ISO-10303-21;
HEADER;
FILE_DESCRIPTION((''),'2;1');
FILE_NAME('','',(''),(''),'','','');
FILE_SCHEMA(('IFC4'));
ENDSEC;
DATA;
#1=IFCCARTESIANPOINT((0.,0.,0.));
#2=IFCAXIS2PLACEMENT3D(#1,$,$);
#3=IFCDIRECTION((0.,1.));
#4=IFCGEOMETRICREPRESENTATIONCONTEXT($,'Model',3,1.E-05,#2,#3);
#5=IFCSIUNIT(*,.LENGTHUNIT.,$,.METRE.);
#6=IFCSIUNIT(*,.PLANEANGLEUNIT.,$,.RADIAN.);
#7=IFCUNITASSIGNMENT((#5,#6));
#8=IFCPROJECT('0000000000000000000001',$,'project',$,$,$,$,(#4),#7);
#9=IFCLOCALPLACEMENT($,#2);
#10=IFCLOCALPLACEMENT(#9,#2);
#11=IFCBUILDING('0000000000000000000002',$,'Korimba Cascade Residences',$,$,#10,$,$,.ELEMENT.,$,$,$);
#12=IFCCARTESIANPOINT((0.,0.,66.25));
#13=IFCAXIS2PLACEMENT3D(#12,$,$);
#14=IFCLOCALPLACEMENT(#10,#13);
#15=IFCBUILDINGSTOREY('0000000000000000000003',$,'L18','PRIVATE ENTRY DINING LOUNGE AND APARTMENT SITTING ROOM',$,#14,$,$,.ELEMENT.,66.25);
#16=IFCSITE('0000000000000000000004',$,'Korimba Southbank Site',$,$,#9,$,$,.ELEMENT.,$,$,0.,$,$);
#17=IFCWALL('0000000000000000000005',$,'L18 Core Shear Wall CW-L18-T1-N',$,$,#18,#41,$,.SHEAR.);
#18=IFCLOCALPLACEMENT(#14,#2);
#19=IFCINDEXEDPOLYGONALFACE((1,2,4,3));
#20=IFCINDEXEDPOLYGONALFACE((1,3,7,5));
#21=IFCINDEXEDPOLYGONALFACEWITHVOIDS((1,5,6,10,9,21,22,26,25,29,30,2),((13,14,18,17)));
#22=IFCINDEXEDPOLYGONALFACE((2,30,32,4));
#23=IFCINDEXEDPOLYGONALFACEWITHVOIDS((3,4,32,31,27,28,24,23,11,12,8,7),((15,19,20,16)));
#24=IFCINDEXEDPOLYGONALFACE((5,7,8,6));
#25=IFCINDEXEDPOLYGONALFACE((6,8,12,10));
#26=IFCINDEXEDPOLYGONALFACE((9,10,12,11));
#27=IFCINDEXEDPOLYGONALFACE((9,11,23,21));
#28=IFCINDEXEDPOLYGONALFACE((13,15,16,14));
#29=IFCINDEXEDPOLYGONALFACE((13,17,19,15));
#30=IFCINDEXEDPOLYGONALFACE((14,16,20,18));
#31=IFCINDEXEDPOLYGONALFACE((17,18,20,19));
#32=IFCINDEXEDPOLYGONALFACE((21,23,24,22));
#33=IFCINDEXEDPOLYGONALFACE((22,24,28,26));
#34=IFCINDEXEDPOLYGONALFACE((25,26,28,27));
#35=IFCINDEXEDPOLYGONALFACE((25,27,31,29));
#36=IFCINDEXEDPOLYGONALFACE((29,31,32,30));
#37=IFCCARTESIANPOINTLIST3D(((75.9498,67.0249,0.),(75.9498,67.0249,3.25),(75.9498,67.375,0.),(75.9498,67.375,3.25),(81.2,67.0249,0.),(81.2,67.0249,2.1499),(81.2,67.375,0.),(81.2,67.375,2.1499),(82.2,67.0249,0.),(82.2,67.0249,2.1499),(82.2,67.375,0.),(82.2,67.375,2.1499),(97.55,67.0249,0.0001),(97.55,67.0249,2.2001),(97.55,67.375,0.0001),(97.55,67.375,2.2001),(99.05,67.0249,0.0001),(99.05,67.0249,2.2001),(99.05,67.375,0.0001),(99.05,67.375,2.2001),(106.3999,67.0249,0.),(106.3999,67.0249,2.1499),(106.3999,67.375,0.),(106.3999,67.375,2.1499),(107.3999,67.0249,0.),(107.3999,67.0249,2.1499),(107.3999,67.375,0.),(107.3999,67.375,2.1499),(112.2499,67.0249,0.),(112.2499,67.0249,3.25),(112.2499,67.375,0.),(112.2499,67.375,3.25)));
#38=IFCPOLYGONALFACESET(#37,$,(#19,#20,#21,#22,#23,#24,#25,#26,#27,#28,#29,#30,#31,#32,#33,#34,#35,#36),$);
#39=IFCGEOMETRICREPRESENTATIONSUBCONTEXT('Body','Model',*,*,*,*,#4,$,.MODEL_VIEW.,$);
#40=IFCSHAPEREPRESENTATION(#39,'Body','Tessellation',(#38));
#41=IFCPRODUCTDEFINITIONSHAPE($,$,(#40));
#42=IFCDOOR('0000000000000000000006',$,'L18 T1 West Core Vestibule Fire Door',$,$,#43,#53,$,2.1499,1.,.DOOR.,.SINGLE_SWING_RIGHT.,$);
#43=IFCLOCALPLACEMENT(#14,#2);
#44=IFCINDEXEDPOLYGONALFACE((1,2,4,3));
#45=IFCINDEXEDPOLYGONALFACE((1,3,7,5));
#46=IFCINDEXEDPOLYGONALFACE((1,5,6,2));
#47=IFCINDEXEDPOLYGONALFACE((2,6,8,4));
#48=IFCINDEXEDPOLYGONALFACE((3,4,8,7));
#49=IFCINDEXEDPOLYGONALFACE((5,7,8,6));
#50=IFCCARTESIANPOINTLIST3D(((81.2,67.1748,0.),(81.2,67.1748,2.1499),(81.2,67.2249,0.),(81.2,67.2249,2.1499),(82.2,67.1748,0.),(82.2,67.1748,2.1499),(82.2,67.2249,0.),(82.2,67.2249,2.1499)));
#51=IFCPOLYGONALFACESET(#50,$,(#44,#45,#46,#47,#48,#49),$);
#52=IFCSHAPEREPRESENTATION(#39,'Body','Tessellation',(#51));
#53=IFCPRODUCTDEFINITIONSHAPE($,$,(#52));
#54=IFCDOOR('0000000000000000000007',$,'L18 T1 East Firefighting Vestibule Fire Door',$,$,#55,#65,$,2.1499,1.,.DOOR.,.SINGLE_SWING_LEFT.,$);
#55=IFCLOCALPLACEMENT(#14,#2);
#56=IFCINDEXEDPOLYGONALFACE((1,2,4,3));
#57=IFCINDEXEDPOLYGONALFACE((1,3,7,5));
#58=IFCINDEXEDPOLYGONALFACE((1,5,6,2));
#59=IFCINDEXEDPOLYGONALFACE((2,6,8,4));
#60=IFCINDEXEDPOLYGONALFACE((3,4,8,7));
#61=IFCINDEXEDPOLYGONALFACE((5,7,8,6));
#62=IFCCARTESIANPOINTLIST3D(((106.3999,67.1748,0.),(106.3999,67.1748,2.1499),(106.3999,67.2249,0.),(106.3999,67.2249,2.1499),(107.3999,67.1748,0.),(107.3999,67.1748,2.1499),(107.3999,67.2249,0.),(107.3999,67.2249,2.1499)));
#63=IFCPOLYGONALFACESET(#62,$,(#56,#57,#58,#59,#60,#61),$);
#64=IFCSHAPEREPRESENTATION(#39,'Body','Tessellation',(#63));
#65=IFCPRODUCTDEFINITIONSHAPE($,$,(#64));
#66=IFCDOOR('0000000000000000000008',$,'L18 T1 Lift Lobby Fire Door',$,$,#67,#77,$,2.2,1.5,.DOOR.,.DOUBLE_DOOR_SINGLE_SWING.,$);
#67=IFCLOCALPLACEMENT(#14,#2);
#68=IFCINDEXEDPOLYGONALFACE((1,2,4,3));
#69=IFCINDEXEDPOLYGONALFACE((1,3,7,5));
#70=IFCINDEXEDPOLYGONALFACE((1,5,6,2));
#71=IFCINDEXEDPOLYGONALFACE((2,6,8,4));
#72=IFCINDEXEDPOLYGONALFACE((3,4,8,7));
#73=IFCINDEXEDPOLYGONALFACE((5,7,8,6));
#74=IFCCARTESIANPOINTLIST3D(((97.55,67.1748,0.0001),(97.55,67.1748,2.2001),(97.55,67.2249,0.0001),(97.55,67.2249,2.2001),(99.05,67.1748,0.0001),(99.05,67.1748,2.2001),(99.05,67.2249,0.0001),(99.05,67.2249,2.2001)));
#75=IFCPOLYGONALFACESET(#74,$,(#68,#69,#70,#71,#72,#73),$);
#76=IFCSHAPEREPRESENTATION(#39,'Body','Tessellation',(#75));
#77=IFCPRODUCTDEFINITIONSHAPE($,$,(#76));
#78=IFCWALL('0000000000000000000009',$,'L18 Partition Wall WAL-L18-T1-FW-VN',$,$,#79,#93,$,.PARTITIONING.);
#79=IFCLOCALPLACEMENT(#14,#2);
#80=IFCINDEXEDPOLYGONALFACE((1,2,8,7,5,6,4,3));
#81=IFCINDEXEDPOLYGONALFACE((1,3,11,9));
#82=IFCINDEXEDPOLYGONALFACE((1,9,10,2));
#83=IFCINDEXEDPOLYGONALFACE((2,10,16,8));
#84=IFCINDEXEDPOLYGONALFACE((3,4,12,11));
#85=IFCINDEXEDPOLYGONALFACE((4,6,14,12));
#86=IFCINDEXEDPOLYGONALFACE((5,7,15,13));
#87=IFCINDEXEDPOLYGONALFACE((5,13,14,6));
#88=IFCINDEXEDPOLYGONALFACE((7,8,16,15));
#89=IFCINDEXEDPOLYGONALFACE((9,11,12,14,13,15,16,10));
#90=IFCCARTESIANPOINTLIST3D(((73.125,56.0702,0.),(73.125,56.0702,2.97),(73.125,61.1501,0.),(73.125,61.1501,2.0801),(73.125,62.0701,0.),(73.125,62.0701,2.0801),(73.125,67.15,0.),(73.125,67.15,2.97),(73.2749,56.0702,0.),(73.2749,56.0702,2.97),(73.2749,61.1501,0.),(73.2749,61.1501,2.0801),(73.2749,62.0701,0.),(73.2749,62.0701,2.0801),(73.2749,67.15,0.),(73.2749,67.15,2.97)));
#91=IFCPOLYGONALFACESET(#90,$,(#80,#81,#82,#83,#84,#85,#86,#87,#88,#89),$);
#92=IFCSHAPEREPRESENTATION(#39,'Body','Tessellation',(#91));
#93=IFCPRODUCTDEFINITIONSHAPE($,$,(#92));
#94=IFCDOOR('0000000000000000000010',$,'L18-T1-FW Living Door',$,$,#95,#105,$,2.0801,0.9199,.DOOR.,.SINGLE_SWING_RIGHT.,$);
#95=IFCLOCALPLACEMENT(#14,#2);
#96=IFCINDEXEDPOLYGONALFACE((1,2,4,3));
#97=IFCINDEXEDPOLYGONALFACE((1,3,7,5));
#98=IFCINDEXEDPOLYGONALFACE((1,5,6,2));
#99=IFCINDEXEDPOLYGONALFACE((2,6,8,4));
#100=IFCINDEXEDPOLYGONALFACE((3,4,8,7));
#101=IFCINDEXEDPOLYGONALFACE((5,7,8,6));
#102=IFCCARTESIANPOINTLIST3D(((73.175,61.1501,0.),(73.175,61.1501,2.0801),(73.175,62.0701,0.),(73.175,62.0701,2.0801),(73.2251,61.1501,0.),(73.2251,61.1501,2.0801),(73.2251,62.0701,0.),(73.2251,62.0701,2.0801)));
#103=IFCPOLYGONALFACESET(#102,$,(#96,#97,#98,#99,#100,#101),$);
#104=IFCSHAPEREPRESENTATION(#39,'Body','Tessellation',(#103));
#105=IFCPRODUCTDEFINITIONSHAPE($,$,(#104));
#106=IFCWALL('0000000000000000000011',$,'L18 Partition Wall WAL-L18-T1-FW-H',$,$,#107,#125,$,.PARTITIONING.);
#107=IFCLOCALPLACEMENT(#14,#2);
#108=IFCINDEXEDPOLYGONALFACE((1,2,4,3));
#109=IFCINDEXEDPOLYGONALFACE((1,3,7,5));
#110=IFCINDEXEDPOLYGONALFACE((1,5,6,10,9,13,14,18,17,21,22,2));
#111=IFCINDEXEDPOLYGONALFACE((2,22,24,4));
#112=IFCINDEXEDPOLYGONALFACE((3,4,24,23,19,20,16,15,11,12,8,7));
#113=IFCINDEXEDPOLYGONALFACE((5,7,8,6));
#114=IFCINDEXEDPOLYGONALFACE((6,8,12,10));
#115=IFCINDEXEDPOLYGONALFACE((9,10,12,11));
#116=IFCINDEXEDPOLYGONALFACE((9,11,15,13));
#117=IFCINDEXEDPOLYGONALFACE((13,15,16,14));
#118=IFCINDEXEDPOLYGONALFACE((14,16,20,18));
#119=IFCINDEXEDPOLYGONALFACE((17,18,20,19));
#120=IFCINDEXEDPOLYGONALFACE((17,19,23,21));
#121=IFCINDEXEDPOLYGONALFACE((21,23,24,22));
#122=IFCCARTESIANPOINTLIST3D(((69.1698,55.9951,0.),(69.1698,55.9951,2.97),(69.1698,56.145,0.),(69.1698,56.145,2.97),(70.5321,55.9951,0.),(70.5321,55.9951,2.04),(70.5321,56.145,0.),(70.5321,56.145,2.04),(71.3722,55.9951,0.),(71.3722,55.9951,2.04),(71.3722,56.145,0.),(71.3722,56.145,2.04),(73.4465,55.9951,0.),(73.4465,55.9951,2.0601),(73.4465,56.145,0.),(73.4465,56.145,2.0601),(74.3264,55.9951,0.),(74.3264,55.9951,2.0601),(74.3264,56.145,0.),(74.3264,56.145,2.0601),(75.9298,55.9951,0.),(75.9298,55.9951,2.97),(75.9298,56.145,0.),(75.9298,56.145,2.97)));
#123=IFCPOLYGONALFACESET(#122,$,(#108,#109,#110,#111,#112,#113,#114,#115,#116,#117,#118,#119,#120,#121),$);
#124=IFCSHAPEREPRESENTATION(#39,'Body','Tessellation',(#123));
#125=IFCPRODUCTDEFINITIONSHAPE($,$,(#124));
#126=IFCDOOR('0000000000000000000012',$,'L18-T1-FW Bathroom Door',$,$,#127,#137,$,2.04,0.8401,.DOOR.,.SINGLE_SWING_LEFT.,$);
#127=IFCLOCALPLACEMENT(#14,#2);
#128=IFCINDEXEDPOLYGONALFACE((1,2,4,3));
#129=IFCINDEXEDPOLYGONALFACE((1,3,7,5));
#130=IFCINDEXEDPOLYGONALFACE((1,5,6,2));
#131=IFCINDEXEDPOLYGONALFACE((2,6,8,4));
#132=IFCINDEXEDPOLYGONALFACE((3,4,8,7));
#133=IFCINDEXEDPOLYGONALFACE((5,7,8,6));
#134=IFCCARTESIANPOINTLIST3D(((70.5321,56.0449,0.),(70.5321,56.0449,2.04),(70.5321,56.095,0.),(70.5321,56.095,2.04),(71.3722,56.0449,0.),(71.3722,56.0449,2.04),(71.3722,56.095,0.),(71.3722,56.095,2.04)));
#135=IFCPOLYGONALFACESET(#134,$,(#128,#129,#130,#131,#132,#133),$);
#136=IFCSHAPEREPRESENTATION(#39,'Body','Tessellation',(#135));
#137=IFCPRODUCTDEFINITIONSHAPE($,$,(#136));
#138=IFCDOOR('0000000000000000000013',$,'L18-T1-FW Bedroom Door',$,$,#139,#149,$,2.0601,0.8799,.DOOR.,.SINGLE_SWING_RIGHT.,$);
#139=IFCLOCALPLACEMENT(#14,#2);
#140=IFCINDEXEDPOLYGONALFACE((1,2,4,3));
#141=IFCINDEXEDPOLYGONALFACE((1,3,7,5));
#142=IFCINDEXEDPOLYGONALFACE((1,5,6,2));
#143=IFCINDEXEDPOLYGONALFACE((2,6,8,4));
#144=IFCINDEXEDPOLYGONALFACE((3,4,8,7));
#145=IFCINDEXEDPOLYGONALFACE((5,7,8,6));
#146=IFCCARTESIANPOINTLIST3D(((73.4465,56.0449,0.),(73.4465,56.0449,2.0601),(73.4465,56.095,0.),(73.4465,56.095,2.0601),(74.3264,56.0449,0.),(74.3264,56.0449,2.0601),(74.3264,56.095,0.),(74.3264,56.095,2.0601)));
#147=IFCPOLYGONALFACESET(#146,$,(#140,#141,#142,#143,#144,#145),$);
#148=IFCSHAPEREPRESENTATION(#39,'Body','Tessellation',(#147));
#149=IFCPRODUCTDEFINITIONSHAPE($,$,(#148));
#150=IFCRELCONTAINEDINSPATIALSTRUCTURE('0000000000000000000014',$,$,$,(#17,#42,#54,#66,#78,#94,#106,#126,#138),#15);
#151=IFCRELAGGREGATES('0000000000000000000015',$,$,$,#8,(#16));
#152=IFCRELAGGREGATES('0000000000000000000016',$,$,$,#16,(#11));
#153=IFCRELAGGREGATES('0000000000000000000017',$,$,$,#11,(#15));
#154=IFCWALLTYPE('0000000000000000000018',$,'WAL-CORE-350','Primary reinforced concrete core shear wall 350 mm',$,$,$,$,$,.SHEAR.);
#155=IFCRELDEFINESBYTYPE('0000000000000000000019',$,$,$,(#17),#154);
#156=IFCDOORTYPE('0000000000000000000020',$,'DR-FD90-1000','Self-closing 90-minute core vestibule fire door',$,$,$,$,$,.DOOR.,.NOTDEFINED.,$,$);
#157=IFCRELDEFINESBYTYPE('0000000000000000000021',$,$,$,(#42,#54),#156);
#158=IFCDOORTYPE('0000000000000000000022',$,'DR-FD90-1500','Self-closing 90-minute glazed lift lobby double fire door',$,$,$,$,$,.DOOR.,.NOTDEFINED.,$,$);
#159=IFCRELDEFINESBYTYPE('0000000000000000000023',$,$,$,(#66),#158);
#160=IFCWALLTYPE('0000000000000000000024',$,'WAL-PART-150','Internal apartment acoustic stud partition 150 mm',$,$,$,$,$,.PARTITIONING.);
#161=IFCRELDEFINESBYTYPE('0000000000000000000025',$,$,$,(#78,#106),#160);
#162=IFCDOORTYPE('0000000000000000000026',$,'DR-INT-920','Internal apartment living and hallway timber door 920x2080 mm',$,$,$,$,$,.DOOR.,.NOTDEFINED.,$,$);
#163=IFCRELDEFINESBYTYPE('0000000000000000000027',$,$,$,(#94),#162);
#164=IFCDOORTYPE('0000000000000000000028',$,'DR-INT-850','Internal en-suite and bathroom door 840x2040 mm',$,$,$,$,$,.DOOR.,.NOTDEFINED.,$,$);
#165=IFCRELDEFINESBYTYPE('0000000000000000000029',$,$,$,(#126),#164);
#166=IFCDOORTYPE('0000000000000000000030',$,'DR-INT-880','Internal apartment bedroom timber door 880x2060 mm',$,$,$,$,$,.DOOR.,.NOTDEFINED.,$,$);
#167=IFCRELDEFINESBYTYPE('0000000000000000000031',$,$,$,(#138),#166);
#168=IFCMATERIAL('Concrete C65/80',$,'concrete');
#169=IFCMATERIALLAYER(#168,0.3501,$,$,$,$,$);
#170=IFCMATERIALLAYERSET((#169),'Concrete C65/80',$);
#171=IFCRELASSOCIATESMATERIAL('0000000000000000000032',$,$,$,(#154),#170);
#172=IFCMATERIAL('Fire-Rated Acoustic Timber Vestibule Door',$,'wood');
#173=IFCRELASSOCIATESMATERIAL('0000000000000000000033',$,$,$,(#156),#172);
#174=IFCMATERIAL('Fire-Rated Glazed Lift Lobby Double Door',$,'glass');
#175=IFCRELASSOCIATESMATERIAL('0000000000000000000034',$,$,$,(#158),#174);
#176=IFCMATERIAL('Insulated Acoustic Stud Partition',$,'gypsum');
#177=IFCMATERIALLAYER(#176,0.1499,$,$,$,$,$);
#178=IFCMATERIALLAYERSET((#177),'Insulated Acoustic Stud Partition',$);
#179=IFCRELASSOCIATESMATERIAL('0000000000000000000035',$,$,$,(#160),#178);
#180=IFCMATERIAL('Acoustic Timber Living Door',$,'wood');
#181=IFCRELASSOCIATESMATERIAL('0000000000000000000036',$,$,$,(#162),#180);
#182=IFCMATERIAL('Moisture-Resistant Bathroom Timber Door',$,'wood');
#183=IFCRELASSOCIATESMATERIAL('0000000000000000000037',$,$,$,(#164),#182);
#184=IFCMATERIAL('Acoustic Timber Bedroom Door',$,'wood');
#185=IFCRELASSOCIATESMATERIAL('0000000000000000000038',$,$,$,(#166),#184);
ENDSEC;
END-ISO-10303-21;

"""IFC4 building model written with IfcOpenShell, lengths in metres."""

from ifc_helpers import new_model, si_unit, direction, frame, frame_2d, origin, place, context, subcontext, project, spatial, rectangle, extrude, material, layer, layer_set, type_object, element, fill, save


model = new_model("IFC4")

# Units and contexts
model_context = context("Model", 3, precision=1e-05, world=origin(), true_north=direction((0.0, 1.0)))
body_context = subcontext(model_context, "Body", "Model", "MODEL_VIEW")
ifc_project = project(units=[si_unit("LENGTHUNIT", "METRE"), si_unit("PLANEANGLEUNIT", "RADIAN")], contexts=[model_context])

# Site, building, storey
site_placement = place(None, origin())
site = spatial("IfcSite", under=ifc_project, at=site_placement, Name="Korimba Southbank Site", CompositionType="ELEMENT", RefElevation=0.0)
building_placement = place(site_placement, origin())
building = spatial("IfcBuilding", under=site, at=building_placement, Name="Korimba Cascade Residences", CompositionType="ELEMENT")
storey_placement = place(building_placement, frame((0.0, 0.0, 66.25)))
storey = spatial("IfcBuildingStorey", under=building, at=storey_placement, Name="L18", Description="PRIVATE ENTRY DINING LOUNGE AND APARTMENT SITTING ROOM", CompositionType="ELEMENT", Elevation=66.25)

# Shared definitions
ifc_material_1 = material(Name="Concrete C65/80", Category="concrete")
ifc_layer_1 = layer(ifc_material_1, 0.3501)
ifc_layer_set_1 = layer_set([ifc_layer_1], Name="Concrete C65/80")
wall_type_1 = type_object("IfcWallType", Name="WAL-CORE-350", Description="Primary reinforced concrete core shear wall 350 mm", PredefinedType="SHEAR", material=ifc_layer_set_1)

# Wall, openings, doors
wall_1_placement = place(storey_placement, frame((75.95, 67.2, 0.0), z_axis=(0.0, 0.0, 1.0), x_axis=(1.0, 0.0, 0.0)))
wall_1 = element("IfcWall", 1, at=wall_1_placement, inside=storey, type_object=wall_type_1, Name="L18 Core Shear Wall CW-L18-T1-N", PredefinedType="SHEAR", context=body_context, shape_type="SweptSolid", body=[
    extrude(rectangle(XDim=36.3, YDim=0.3501, at=frame_2d((18.1499, 0.0))), origin(), (0.0, 0.0, 1.0), 3.25),
])
opening_1_placement = place(wall_1_placement, frame((5.25, 0.0, 0.0)))
opening_1 = element("IfcOpeningElement", 2, at=opening_1_placement, cuts=wall_1, PredefinedType="OPENING", context=body_context, shape_type="SweptSolid", body=[
    extrude(rectangle(XDim=1.0, YDim=2.1499, at=frame_2d((0.5, 1.075))), frame((0.0, 0.1851, 0.0), z_axis=(0.0, -1.0, 0.0), x_axis=(1.0, 0.0, 0.0)), (0.0, 0.0, 1.0), 0.3701),
])
opening_2_placement = place(wall_1_placement, frame((21.6001, 0.0, 0.0)))
opening_2 = element("IfcOpeningElement", 3, at=opening_2_placement, cuts=wall_1, PredefinedType="OPENING", context=body_context, shape_type="SweptSolid", body=[
    extrude(rectangle(XDim=1.5, YDim=2.2, at=frame_2d((0.75, 1.1001))), frame((0.0, 0.1851, 0.0), z_axis=(0.0, -1.0, 0.0), x_axis=(1.0, 0.0, 0.0)), (0.0, 0.0, 1.0), 0.3701),
])
opening_3_placement = place(wall_1_placement, frame((30.45, 0.0, 0.0)))
opening_3 = element("IfcOpeningElement", 4, at=opening_3_placement, cuts=wall_1, PredefinedType="OPENING", context=body_context, shape_type="SweptSolid", body=[
    extrude(rectangle(XDim=1.0, YDim=2.1499, at=frame_2d((0.5, 1.075))), frame((0.0, 0.1851, 0.0), z_axis=(0.0, -1.0, 0.0), x_axis=(1.0, 0.0, 0.0)), (0.0, 0.0, 1.0), 0.3701),
])
ifc_material_2 = material(Name="Fire-Rated Acoustic Timber Vestibule Door", Category="wood")
door_type_1 = type_object("IfcDoorType", Name="DR-FD90-1000", Description="Self-closing 90-minute core vestibule fire door", OperationType="NOTDEFINED", PredefinedType="DOOR", material=ifc_material_2)
door_1_placement = place(opening_1_placement, origin())
door_1 = element("IfcDoor", 5, at=door_1_placement, inside=storey, type_object=door_type_1, Name="L18 T1 West Core Vestibule Fire Door", OperationType="SINGLE_SWING_RIGHT", OverallHeight=2.1499, OverallWidth=1.0, PredefinedType="DOOR", context=body_context, shape_type="SweptSolid", body=[
    extrude(rectangle(XDim=1.0, YDim=2.1499, at=frame_2d((0.5, 1.075))), frame((0.0, 0.0249, 0.0), z_axis=(0.0, -1.0, 0.0), x_axis=(1.0, 0.0, 0.0)), (0.0, 0.0, 1.0), 0.05),
])
fill(opening_1, door_1)
door_2_placement = place(opening_3_placement, origin())
door_2 = element("IfcDoor", 6, at=door_2_placement, inside=storey, type_object=door_type_1, Name="L18 T1 East Firefighting Vestibule Fire Door", OperationType="SINGLE_SWING_LEFT", OverallHeight=2.1499, OverallWidth=1.0, PredefinedType="DOOR", context=body_context, shape_type="SweptSolid", body=[
    extrude(rectangle(XDim=1.0, YDim=2.1499, at=frame_2d((0.5, 1.075))), frame((0.0, 0.0249, 0.0), z_axis=(0.0, -1.0, 0.0), x_axis=(1.0, 0.0, 0.0)), (0.0, 0.0, 1.0), 0.05),
])
fill(opening_3, door_2)
ifc_material_3 = material(Name="Fire-Rated Glazed Lift Lobby Double Door", Category="glass")
door_type_2 = type_object("IfcDoorType", Name="DR-FD90-1500", Description="Self-closing 90-minute glazed lift lobby double fire door", OperationType="NOTDEFINED", PredefinedType="DOOR", material=ifc_material_3)
door_3_placement = place(opening_2_placement, origin())
door_3 = element("IfcDoor", 7, at=door_3_placement, inside=storey, type_object=door_type_2, Name="L18 T1 Lift Lobby Fire Door", OperationType="DOUBLE_DOOR_SINGLE_SWING", OverallHeight=2.2, OverallWidth=1.5, PredefinedType="DOOR", context=body_context, shape_type="SweptSolid", body=[
    extrude(rectangle(XDim=1.5, YDim=2.2, at=frame_2d((0.75, 1.1001))), frame((0.0, 0.0249, 0.0), z_axis=(0.0, -1.0, 0.0), x_axis=(1.0, 0.0, 0.0)), (0.0, 0.0, 1.0), 0.05),
])
fill(opening_2, door_3)

# Wall, opening, door
ifc_material_4 = material(Name="Insulated Acoustic Stud Partition", Category="gypsum")
ifc_layer_2 = layer(ifc_material_4, 0.1499)
ifc_layer_set_2 = layer_set([ifc_layer_2], Name="Insulated Acoustic Stud Partition")
wall_type_2 = type_object("IfcWallType", Name="WAL-PART-150", Description="Internal apartment acoustic stud partition 150 mm", PredefinedType="PARTITIONING", material=ifc_layer_set_2)
wall_2_placement = place(storey_placement, frame((73.2, 56.0701, 0.0), z_axis=(0.0, 0.0, 1.0), x_axis=(0.0, 1.0, 0.0)))
wall_2 = element("IfcWall", 8, at=wall_2_placement, inside=storey, type_object=wall_type_2, Name="L18 Partition Wall WAL-L18-T1-FW-VN", PredefinedType="PARTITIONING", context=body_context, shape_type="SweptSolid", body=[
    extrude(rectangle(XDim=11.0798, YDim=0.1499, at=frame_2d((5.54, 0.0))), origin(), (0.0, 0.0, 1.0), 2.97),
])
opening_4_placement = place(wall_2_placement, frame((5.0801, 0.0, 0.0)))
opening_4 = element("IfcOpeningElement", 9, at=opening_4_placement, cuts=wall_2, PredefinedType="OPENING", context=body_context, shape_type="SweptSolid", body=[
    extrude(rectangle(XDim=0.9199, YDim=2.0801, at=frame_2d((0.46, 1.04))), frame((0.0, 0.085, 0.0), z_axis=(0.0, -1.0, 0.0), x_axis=(1.0, 0.0, 0.0)), (0.0, 0.0, 1.0), 0.1699),
])
ifc_material_5 = material(Name="Acoustic Timber Living Door", Category="wood")
door_type_3 = type_object("IfcDoorType", Name="DR-INT-920", Description="Internal apartment living and hallway timber door 920x2080 mm", OperationType="NOTDEFINED", PredefinedType="DOOR", material=ifc_material_5)
door_4_placement = place(opening_4_placement, origin())
door_4 = element("IfcDoor", 10, at=door_4_placement, inside=storey, type_object=door_type_3, Name="L18-T1-FW Living Door", OperationType="SINGLE_SWING_RIGHT", OverallHeight=2.0801, OverallWidth=0.9199, PredefinedType="DOOR", context=body_context, shape_type="SweptSolid", body=[
    extrude(rectangle(XDim=0.9199, YDim=2.0801, at=frame_2d((0.46, 1.04))), frame((0.0, 0.0249, 0.0), z_axis=(0.0, -1.0, 0.0), x_axis=(1.0, 0.0, 0.0)), (0.0, 0.0, 1.0), 0.05),
])
fill(opening_4, door_4)

# Wall, openings, doors
wall_3_placement = place(storey_placement, frame((69.1699, 56.0701, 0.0), z_axis=(0.0, 0.0, 1.0), x_axis=(1.0, 0.0, 0.0)))
wall_3 = element("IfcWall", 11, at=wall_3_placement, inside=storey, type_object=wall_type_2, Name="L18 Partition Wall WAL-L18-T1-FW-H", PredefinedType="PARTITIONING", context=body_context, shape_type="SweptSolid", body=[
    extrude(rectangle(XDim=6.76, YDim=0.1499, at=frame_2d((3.3799, 0.0))), origin(), (0.0, 0.0, 1.0), 2.97),
])
opening_5_placement = place(wall_3_placement, frame((1.3623, 0.0, 0.0)))
opening_5 = element("IfcOpeningElement", 12, at=opening_5_placement, cuts=wall_3, PredefinedType="OPENING", context=body_context, shape_type="SweptSolid", body=[
    extrude(rectangle(XDim=0.8401, YDim=2.04, at=frame_2d((0.4199, 1.02))), frame((0.0, 0.085, 0.0), z_axis=(0.0, -1.0, 0.0), x_axis=(1.0, 0.0, 0.0)), (0.0, 0.0, 1.0), 0.1699),
])
opening_6_placement = place(wall_3_placement, frame((4.2766, 0.0, 0.0)))
opening_6 = element("IfcOpeningElement", 13, at=opening_6_placement, cuts=wall_3, PredefinedType="OPENING", context=body_context, shape_type="SweptSolid", body=[
    extrude(rectangle(XDim=0.8799, YDim=2.0601, at=frame_2d((0.4399, 1.03))), frame((0.0, 0.085, 0.0), z_axis=(0.0, -1.0, 0.0), x_axis=(1.0, 0.0, 0.0)), (0.0, 0.0, 1.0), 0.1699),
])
ifc_material_6 = material(Name="Moisture-Resistant Bathroom Timber Door", Category="wood")
door_type_4 = type_object("IfcDoorType", Name="DR-INT-850", Description="Internal en-suite and bathroom door 840x2040 mm", OperationType="NOTDEFINED", PredefinedType="DOOR", material=ifc_material_6)
door_5_placement = place(opening_5_placement, origin())
door_5 = element("IfcDoor", 14, at=door_5_placement, inside=storey, type_object=door_type_4, Name="L18-T1-FW Bathroom Door", OperationType="SINGLE_SWING_LEFT", OverallHeight=2.04, OverallWidth=0.8401, PredefinedType="DOOR", context=body_context, shape_type="SweptSolid", body=[
    extrude(rectangle(XDim=0.8401, YDim=2.04, at=frame_2d((0.4199, 1.02))), frame((0.0, 0.0249, 0.0), z_axis=(0.0, -1.0, 0.0), x_axis=(1.0, 0.0, 0.0)), (0.0, 0.0, 1.0), 0.05),
])
fill(opening_5, door_5)
ifc_material_7 = material(Name="Acoustic Timber Bedroom Door", Category="wood")
door_type_5 = type_object("IfcDoorType", Name="DR-INT-880", Description="Internal apartment bedroom timber door 880x2060 mm", OperationType="NOTDEFINED", PredefinedType="DOOR", material=ifc_material_7)
door_6_placement = place(opening_6_placement, origin())
door_6 = element("IfcDoor", 15, at=door_6_placement, inside=storey, type_object=door_type_5, Name="L18-T1-FW Bedroom Door", OperationType="SINGLE_SWING_RIGHT", OverallHeight=2.0601, OverallWidth=0.8799, PredefinedType="DOOR", context=body_context, shape_type="SweptSolid", body=[
    extrude(rectangle(XDim=0.8799, YDim=2.0601, at=frame_2d((0.4399, 1.03))), frame((0.0, 0.0249, 0.0), z_axis=(0.0, -1.0, 0.0), x_axis=(1.0, 0.0, 0.0)), (0.0, 0.0, 1.0), 0.05),
])
fill(opening_6, door_6)

save(model, "model.ifc")
